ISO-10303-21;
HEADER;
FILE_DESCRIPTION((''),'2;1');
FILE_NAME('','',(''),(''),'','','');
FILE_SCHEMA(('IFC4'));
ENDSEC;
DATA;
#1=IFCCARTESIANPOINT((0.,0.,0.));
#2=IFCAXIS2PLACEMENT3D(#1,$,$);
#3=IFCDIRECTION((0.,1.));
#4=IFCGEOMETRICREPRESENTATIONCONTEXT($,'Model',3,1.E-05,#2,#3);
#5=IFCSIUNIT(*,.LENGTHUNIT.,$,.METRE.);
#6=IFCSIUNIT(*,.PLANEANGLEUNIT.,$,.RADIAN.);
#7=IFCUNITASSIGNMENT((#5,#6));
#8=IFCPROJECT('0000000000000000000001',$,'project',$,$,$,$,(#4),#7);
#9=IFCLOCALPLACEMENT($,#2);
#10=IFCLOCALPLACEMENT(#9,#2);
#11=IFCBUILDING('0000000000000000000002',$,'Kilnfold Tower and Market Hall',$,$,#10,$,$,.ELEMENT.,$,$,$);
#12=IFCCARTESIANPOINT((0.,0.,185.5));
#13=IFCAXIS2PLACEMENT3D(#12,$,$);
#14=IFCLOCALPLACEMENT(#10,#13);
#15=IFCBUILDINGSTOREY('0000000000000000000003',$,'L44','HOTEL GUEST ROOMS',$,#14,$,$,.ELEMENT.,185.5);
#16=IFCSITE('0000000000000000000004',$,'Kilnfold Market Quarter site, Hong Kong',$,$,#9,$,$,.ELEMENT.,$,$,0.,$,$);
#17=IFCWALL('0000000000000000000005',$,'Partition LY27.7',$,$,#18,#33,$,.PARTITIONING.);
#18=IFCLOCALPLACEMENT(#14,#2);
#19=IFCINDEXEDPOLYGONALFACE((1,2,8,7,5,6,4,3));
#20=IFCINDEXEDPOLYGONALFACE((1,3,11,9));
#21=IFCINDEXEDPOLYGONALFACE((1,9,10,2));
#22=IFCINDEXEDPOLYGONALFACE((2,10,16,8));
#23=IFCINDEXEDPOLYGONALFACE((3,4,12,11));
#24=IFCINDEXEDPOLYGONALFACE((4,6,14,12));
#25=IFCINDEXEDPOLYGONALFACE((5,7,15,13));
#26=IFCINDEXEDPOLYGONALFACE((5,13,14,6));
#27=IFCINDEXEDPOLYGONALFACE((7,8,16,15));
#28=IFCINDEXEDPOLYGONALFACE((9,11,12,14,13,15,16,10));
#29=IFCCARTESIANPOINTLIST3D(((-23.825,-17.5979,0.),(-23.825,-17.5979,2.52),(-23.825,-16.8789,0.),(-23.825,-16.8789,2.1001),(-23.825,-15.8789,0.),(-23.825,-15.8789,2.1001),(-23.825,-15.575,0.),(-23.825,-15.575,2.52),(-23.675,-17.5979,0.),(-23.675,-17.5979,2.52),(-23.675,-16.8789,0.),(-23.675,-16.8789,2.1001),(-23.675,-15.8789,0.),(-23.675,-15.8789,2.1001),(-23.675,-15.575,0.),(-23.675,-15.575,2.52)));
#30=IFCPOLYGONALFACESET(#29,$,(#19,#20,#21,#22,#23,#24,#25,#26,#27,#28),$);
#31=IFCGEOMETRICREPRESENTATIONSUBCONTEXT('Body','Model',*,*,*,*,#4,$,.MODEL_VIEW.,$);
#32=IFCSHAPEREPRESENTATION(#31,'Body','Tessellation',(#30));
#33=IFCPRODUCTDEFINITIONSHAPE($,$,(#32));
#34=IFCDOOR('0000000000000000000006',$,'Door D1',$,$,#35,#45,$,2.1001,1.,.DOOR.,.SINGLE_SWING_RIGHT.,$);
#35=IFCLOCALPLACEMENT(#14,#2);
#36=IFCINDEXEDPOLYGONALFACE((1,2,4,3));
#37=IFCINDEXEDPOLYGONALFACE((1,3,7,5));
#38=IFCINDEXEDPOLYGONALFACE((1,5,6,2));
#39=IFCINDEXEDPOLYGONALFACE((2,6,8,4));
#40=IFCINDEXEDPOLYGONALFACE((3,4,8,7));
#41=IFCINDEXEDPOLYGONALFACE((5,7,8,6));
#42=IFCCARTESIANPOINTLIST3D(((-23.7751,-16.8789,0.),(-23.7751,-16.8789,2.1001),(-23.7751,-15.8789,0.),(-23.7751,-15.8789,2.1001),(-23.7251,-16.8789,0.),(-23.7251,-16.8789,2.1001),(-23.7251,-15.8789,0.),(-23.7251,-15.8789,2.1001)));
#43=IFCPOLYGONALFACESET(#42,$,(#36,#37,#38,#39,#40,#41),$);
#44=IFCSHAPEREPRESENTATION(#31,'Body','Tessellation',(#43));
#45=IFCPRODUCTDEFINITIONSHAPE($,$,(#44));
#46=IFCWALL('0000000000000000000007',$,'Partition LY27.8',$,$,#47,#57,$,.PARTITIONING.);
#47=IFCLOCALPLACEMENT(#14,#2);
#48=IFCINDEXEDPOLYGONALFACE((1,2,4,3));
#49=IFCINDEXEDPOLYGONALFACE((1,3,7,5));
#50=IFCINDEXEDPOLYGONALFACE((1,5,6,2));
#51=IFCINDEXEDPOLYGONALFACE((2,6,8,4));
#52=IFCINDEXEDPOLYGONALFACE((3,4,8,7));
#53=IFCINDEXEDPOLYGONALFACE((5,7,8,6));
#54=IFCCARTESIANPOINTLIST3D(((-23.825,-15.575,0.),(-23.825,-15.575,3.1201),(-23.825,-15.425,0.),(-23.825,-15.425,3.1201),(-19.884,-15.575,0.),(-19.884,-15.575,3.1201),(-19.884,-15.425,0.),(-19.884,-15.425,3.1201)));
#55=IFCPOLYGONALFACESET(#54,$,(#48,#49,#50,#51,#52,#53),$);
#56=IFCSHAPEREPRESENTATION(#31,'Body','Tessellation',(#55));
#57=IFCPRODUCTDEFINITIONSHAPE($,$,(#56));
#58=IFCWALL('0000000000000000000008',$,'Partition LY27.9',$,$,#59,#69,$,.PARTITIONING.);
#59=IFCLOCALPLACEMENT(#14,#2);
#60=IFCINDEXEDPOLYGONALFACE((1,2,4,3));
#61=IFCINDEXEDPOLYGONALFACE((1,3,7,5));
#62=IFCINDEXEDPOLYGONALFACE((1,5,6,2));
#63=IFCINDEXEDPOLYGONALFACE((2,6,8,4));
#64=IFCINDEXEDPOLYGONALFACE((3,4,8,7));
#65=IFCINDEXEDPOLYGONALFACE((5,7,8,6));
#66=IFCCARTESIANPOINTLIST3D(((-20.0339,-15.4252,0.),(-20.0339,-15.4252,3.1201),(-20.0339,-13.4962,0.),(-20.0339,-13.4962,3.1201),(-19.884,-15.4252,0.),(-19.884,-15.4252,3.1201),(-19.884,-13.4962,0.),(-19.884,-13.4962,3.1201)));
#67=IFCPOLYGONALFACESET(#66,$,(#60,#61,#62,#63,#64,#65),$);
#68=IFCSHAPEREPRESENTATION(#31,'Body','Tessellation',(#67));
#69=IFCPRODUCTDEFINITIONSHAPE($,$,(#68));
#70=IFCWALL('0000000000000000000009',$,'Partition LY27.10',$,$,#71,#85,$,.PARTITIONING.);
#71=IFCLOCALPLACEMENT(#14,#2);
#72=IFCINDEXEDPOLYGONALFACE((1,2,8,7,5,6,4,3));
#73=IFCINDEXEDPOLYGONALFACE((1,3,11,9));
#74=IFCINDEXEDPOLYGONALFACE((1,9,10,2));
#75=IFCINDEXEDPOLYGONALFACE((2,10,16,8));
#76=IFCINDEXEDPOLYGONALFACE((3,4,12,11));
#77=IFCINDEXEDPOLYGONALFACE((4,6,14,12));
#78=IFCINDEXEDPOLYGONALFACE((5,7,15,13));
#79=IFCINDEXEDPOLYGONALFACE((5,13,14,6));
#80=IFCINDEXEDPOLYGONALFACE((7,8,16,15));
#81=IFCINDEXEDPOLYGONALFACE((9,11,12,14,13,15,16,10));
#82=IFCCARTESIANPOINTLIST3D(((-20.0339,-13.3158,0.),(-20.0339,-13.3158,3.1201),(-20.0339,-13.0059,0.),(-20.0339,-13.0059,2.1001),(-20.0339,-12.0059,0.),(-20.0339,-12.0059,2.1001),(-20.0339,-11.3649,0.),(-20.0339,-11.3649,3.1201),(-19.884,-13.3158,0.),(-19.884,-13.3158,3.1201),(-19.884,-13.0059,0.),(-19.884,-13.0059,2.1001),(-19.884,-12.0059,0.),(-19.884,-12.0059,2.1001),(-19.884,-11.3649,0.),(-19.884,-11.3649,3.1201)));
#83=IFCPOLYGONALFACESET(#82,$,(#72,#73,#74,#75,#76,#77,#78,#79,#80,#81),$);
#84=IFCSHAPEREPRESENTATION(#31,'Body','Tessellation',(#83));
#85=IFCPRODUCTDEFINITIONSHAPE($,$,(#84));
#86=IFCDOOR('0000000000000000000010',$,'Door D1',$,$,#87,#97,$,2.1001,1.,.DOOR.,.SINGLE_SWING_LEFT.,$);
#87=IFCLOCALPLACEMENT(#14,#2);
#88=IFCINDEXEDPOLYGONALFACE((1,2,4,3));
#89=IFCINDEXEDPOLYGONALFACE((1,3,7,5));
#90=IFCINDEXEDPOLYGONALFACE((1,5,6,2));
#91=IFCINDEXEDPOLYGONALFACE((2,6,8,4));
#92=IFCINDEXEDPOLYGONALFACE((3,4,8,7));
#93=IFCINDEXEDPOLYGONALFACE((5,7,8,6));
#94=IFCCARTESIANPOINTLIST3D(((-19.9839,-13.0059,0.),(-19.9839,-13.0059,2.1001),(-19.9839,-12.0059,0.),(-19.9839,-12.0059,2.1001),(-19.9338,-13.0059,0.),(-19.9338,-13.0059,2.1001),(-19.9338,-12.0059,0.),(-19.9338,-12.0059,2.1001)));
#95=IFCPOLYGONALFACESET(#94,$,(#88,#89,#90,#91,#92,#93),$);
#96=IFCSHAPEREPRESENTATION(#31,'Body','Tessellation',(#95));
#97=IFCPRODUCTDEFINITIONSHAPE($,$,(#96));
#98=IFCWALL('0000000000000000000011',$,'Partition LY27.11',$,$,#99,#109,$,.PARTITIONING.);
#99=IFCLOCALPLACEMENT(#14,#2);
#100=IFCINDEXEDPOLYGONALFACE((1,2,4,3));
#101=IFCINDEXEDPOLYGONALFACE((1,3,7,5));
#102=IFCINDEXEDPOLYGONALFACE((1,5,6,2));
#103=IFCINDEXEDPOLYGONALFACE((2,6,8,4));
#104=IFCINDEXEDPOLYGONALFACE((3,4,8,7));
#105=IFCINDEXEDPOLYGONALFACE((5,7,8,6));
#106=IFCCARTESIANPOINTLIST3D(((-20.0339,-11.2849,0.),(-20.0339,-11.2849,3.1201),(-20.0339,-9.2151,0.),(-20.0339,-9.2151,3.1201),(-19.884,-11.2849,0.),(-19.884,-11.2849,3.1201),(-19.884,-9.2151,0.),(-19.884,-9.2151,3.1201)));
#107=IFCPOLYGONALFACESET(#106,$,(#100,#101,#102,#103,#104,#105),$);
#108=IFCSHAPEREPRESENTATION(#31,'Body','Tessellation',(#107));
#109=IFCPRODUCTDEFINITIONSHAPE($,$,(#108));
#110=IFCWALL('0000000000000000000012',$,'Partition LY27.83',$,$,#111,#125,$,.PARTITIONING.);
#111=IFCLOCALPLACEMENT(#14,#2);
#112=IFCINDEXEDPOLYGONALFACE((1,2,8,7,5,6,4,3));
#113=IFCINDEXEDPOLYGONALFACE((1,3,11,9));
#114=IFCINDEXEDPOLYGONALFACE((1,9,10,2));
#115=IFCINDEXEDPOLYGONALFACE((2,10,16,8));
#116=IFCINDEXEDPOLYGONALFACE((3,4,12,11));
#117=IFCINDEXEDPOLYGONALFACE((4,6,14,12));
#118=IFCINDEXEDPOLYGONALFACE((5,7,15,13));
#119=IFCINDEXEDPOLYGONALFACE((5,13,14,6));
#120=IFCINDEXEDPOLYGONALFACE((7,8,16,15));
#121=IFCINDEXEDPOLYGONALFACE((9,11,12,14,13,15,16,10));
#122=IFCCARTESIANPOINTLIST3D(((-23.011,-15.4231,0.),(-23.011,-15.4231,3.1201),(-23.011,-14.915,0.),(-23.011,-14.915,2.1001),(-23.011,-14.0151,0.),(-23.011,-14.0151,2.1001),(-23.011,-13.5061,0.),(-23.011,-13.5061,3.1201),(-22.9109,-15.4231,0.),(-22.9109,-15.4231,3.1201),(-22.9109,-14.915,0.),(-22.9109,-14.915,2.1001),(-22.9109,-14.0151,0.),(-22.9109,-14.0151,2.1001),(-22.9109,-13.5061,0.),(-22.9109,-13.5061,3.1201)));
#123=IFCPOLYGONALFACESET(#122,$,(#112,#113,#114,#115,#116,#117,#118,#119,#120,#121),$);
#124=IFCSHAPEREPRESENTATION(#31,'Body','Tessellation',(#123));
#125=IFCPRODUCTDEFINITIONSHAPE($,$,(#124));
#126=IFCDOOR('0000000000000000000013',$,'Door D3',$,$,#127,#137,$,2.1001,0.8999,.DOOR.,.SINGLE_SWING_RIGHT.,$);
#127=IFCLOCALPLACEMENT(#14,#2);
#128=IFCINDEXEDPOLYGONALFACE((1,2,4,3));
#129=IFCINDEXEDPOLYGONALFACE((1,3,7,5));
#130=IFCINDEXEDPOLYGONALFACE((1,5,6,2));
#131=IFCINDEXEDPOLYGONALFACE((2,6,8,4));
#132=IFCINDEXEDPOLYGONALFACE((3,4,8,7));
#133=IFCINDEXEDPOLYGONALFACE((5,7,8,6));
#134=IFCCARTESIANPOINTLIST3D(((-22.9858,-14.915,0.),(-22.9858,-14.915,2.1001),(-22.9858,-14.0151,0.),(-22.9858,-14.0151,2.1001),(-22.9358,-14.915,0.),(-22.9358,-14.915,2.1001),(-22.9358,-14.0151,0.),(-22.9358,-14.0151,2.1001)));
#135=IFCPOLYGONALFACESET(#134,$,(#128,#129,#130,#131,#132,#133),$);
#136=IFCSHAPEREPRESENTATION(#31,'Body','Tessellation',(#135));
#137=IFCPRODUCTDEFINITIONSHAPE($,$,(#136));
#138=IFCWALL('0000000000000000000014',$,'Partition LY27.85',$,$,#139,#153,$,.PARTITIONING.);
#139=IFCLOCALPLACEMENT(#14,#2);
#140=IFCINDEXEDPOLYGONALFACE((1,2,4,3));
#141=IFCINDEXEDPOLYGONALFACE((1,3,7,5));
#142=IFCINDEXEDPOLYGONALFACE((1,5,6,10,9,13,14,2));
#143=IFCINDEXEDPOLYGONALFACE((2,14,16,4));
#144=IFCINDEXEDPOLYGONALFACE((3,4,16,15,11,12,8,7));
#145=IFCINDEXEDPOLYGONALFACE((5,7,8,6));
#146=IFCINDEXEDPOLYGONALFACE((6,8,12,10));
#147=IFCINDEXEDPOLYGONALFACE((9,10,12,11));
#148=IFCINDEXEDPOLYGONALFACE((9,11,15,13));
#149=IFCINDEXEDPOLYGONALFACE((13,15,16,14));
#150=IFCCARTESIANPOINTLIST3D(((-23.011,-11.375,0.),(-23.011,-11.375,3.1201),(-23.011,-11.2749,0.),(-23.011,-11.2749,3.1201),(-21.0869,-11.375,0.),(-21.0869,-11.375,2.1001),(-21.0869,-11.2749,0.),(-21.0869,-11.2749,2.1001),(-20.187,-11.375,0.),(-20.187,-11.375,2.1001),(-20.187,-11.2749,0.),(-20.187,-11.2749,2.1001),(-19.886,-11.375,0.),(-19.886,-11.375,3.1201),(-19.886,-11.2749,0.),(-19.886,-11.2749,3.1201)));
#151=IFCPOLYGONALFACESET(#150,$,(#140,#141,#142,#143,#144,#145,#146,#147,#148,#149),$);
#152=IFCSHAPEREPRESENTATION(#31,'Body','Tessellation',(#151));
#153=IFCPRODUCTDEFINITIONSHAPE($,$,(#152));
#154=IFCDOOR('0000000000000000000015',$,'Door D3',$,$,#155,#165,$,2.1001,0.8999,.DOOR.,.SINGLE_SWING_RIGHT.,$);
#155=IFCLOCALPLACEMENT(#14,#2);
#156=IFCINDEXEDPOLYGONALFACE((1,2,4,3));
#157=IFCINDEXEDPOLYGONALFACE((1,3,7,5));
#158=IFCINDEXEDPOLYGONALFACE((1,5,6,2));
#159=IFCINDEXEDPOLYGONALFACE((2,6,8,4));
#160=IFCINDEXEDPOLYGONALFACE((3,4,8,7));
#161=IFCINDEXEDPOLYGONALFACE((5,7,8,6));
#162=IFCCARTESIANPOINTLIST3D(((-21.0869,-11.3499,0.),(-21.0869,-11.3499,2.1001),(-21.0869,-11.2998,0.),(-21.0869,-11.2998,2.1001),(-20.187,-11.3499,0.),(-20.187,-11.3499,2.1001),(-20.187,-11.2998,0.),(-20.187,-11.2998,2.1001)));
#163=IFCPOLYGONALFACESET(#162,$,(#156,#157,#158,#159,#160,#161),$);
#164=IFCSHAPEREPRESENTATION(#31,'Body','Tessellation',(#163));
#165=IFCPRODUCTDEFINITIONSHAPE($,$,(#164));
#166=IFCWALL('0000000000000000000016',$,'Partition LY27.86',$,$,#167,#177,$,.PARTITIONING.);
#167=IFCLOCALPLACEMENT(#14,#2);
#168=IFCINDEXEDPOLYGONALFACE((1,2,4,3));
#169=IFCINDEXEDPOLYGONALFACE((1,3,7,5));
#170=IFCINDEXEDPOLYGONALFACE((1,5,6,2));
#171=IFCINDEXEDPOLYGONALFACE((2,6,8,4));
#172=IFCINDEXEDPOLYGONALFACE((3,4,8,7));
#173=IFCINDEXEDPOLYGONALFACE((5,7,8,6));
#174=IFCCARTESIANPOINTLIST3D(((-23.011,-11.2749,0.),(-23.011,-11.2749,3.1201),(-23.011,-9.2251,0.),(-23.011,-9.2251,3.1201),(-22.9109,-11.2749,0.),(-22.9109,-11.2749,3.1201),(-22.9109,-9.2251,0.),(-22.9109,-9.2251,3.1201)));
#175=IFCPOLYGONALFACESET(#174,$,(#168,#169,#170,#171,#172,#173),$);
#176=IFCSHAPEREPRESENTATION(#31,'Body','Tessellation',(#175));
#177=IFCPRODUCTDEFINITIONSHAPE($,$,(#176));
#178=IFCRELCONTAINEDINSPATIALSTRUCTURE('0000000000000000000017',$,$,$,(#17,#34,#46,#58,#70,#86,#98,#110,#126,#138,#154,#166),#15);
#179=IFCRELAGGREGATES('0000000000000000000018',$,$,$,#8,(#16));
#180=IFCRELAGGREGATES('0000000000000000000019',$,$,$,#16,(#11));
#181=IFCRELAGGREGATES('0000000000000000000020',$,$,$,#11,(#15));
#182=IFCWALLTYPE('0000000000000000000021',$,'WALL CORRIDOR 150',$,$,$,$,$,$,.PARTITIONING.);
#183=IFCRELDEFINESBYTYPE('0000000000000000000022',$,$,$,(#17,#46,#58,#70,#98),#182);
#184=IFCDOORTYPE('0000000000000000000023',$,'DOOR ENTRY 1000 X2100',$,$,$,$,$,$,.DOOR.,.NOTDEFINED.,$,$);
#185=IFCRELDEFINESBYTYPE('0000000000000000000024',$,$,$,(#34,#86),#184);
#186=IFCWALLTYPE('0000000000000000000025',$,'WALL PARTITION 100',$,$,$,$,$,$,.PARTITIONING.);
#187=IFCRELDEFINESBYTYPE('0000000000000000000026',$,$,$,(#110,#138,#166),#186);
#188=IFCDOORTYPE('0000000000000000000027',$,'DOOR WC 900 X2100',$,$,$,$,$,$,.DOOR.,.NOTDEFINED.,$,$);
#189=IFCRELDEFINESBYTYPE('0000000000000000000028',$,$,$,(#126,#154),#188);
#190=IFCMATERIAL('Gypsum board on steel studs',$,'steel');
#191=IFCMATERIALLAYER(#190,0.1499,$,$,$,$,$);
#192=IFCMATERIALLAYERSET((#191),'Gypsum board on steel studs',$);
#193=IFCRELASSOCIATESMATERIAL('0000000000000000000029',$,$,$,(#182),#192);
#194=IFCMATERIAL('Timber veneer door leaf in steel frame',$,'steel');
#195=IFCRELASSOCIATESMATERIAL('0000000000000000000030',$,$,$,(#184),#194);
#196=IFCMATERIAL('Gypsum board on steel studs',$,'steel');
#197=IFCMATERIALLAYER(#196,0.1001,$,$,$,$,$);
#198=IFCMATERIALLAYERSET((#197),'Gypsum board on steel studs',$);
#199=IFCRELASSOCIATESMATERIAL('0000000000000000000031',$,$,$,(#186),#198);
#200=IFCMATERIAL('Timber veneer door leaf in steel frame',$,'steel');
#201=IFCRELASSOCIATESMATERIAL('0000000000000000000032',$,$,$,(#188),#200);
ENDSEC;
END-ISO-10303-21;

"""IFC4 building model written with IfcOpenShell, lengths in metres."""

from ifc_helpers import new_model, si_unit, direction, frame, frame_2d, origin, place, context, subcontext, project, spatial, rectangle, extrude, material, layer, layer_set, type_object, element, fill, save


model = new_model("IFC4")

# Units and contexts
model_context = context("Model", 3, precision=1e-05, world=origin(), true_north=direction((0.0, 1.0)))
body_context = subcontext(model_context, "Body", "Model", "MODEL_VIEW")
ifc_project = project(units=[si_unit("LENGTHUNIT", "METRE"), si_unit("PLANEANGLEUNIT", "RADIAN")], contexts=[model_context])

# Site, building, storey
site_placement = place(None, origin())
site = spatial("IfcSite", under=ifc_project, at=site_placement, Name="Kilnfold Market Quarter site, Hong Kong", CompositionType="ELEMENT", RefElevation=0.0)
building_placement = place(site_placement, origin())
building = spatial("IfcBuilding", under=site, at=building_placement, Name="Kilnfold Tower and Market Hall", CompositionType="ELEMENT")
storey_placement = place(building_placement, frame((0.0, 0.0, 185.5)))
storey = spatial("IfcBuildingStorey", under=building, at=storey_placement, Name="L44", Description="HOTEL GUEST ROOMS", CompositionType="ELEMENT", Elevation=185.5)

# Wall, opening, door
ifc_material_1 = material(Name="Gypsum board on steel studs", Category="steel")
ifc_layer_1 = layer(ifc_material_1, 0.1499)
ifc_layer_set_1 = layer_set([ifc_layer_1], Name="Gypsum board on steel studs")
wall_type_1 = type_object("IfcWallType", Name="WALL CORRIDOR 150", PredefinedType="PARTITIONING", material=ifc_layer_set_1)
wall_1_placement = place(storey_placement, frame((-23.75, -15.575, 0.0), z_axis=(0.0, 0.0, 1.0), x_axis=(0.0, -1.0, 0.0)))
wall_1 = element("IfcWall", 1, at=wall_1_placement, inside=storey, type_object=wall_type_1, Name="Partition LY27.7", PredefinedType="PARTITIONING", context=body_context, shape_type="SweptSolid", body=[
    extrude(rectangle(XDim=2.0229, YDim=0.1499, at=frame_2d((1.0115, 0.0))), origin(), (0.0, 0.0, 1.0), 2.52),
])
opening_1_placement = place(wall_1_placement, frame((0.304, 0.0, 0.0)))
opening_1 = element("IfcOpeningElement", 2, at=opening_1_placement, cuts=wall_1, PredefinedType="OPENING", context=body_context, shape_type="SweptSolid", body=[
    extrude(rectangle(XDim=1.0, YDim=2.1001, at=frame_2d((0.5, 1.05))), frame((0.0, 0.085, 0.0), z_axis=(0.0, -1.0, 0.0), x_axis=(1.0, 0.0, 0.0)), (0.0, 0.0, 1.0), 0.1699),
])
ifc_material_2 = material(Name="Timber veneer door leaf in steel frame", Category="steel")
door_type_1 = type_object("IfcDoorType", Name="DOOR ENTRY 1000 X2100", OperationType="NOTDEFINED", PredefinedType="DOOR", material=ifc_material_2)
door_1_placement = place(opening_1_placement, origin())
door_1 = element("IfcDoor", 3, at=door_1_placement, inside=storey, type_object=door_type_1, Name="Door D1", OperationType="SINGLE_SWING_RIGHT", OverallHeight=2.1001, OverallWidth=1.0, PredefinedType="DOOR", context=body_context, shape_type="SweptSolid", body=[
    extrude(rectangle(XDim=1.0, YDim=2.1001, at=frame_2d((0.5, 1.05))), frame((0.0, 0.0249, 0.0), z_axis=(0.0, -1.0, 0.0), x_axis=(1.0, 0.0, 0.0)), (0.0, 0.0, 1.0), 0.05),
])
fill(opening_1, door_1)

# Walls
wall_2_placement = place(storey_placement, frame((-23.825, -15.5, 0.0), z_axis=(0.0, 0.0, 1.0), x_axis=(1.0, 0.0, 0.0)))
element("IfcWall", 4, at=wall_2_placement, inside=storey, type_object=wall_type_1, Name="Partition LY27.8", PredefinedType="PARTITIONING", context=body_context, shape_type="SweptSolid", body=[
    extrude(rectangle(XDim=3.9409, YDim=0.1499, at=frame_2d((1.9705, 0.0))), origin(), (0.0, 0.0, 1.0), 3.1201),
])
wall_3_placement = place(storey_placement, frame((-19.959, -15.425, 0.0), z_axis=(0.0, 0.0, 1.0), x_axis=(0.0, 1.0, 0.0)))
element("IfcWall", 5, at=wall_3_placement, inside=storey, type_object=wall_type_1, Name="Partition LY27.9", PredefinedType="PARTITIONING", context=body_context, shape_type="SweptSolid", body=[
    extrude(rectangle(XDim=1.929, YDim=0.1499, at=frame_2d((0.9644, 0.0))), origin(), (0.0, 0.0, 1.0), 3.1201),
])

# Wall, opening, door
wall_4_placement = place(storey_placement, frame((-19.959, -13.3159, 0.0), z_axis=(0.0, 0.0, 1.0), x_axis=(0.0, 1.0, 0.0)))
wall_4 = element("IfcWall", 6, at=wall_4_placement, inside=storey, type_object=wall_type_1, Name="Partition LY27.10", PredefinedType="PARTITIONING", context=body_context, shape_type="SweptSolid", body=[
    extrude(rectangle(XDim=1.9509, YDim=0.1499, at=frame_2d((0.9756, 0.0))), origin(), (0.0, 0.0, 1.0), 3.1201),
])
opening_2_placement = place(wall_4_placement, frame((0.3101, 0.0, 0.0)))
opening_2 = element("IfcOpeningElement", 7, at=opening_2_placement, cuts=wall_4, PredefinedType="OPENING", context=body_context, shape_type="SweptSolid", body=[
    extrude(rectangle(XDim=1.0, YDim=2.1001, at=frame_2d((0.5, 1.05))), frame((0.0, 0.085, 0.0), z_axis=(0.0, -1.0, 0.0), x_axis=(1.0, 0.0, 0.0)), (0.0, 0.0, 1.0), 0.1699),
])
door_2_placement = place(opening_2_placement, origin())
door_2 = element("IfcDoor", 8, at=door_2_placement, inside=storey, type_object=door_type_1, Name="Door D1", OperationType="SINGLE_SWING_LEFT", OverallHeight=2.1001, OverallWidth=1.0, PredefinedType="DOOR", context=body_context, shape_type="SweptSolid", body=[
    extrude(rectangle(XDim=1.0, YDim=2.1001, at=frame_2d((0.5, 1.05))), frame((0.0, 0.0249, 0.0), z_axis=(0.0, -1.0, 0.0), x_axis=(1.0, 0.0, 0.0)), (0.0, 0.0, 1.0), 0.05),
])
fill(opening_2, door_2)

# Wall
wall_5_placement = place(storey_placement, frame((-19.959, -11.2849, 0.0), z_axis=(0.0, 0.0, 1.0), x_axis=(0.0, 1.0, 0.0)))
element("IfcWall", 9, at=wall_5_placement, inside=storey, type_object=wall_type_1, Name="Partition LY27.11", PredefinedType="PARTITIONING", context=body_context, shape_type="SweptSolid", body=[
    extrude(rectangle(XDim=2.0698, YDim=0.1499, at=frame_2d((1.0349, 0.0))), origin(), (0.0, 0.0, 1.0), 3.1201),
])

# Walls, openings, doors
ifc_material_3 = material(Name="Gypsum board on steel studs", Category="steel")
ifc_layer_2 = layer(ifc_material_3, 0.1001)
ifc_layer_set_2 = layer_set([ifc_layer_2], Name="Gypsum board on steel studs")
wall_type_2 = type_object("IfcWallType", Name="WALL PARTITION 100", PredefinedType="PARTITIONING", material=ifc_layer_set_2)
wall_6_placement = place(storey_placement, frame((-22.9609, -15.4231, 0.0), z_axis=(0.0, 0.0, 1.0), x_axis=(0.0, 1.0, 0.0)))
wall_6 = element("IfcWall", 10, at=wall_6_placement, inside=storey, type_object=wall_type_2, Name="Partition LY27.83", PredefinedType="PARTITIONING", context=body_context, shape_type="SweptSolid", body=[
    extrude(rectangle(XDim=1.917, YDim=0.1001, at=frame_2d((0.9585, 0.0))), origin(), (0.0, 0.0, 1.0), 3.1201),
])
opening_3_placement = place(wall_6_placement, frame((0.5081, 0.0, 0.0)))
opening_3 = element("IfcOpeningElement", 11, at=opening_3_placement, cuts=wall_6, PredefinedType="OPENING", context=body_context, shape_type="SweptSolid", body=[
    extrude(rectangle(XDim=0.8999, YDim=2.1001, at=frame_2d((0.45, 1.05))), frame((0.0, 0.0601, 0.0), z_axis=(0.0, -1.0, 0.0), x_axis=(1.0, 0.0, 0.0)), (0.0, 0.0, 1.0), 0.1201),
])
ifc_material_4 = material(Name="Timber veneer door leaf in steel frame", Category="steel")
door_type_2 = type_object("IfcDoorType", Name="DOOR WC 900 X2100", OperationType="NOTDEFINED", PredefinedType="DOOR", material=ifc_material_4)
door_3_placement = place(opening_3_placement, origin())
door_3 = element("IfcDoor", 12, at=door_3_placement, inside=storey, type_object=door_type_2, Name="Door D3", OperationType="SINGLE_SWING_RIGHT", OverallHeight=2.1001, OverallWidth=0.8999, PredefinedType="DOOR", context=body_context, shape_type="SweptSolid", body=[
    extrude(rectangle(XDim=0.8999, YDim=2.1001, at=frame_2d((0.45, 1.05))), frame((0.0, 0.0249, 0.0), z_axis=(0.0, -1.0, 0.0), x_axis=(1.0, 0.0, 0.0)), (0.0, 0.0, 1.0), 0.05),
])
fill(opening_3, door_3)
wall_7_placement = place(storey_placement, frame((-19.886, -11.325, 0.0), z_axis=(0.0, 0.0, 1.0), x_axis=(-1.0, 0.0, 0.0)))
wall_7 = element("IfcWall", 13, at=wall_7_placement, inside=storey, type_object=wall_type_2, Name="Partition LY27.85", PredefinedType="PARTITIONING", context=body_context, shape_type="SweptSolid", body=[
    extrude(rectangle(XDim=3.125, YDim=0.1001, at=frame_2d((1.5625, 0.0))), origin(), (0.0, 0.0, 1.0), 3.1201),
])
opening_4_placement = place(wall_7_placement, frame((0.301, 0.0, 0.0)))
opening_4 = element("IfcOpeningElement", 14, at=opening_4_placement, cuts=wall_7, PredefinedType="OPENING", context=body_context, shape_type="SweptSolid", body=[
    extrude(rectangle(XDim=0.8999, YDim=2.1001, at=frame_2d((0.45, 1.05))), frame((0.0, 0.0601, 0.0), z_axis=(0.0, -1.0, 0.0), x_axis=(1.0, 0.0, 0.0)), (0.0, 0.0, 1.0), 0.1201),
])
door_4_placement = place(opening_4_placement, origin())
door_4 = element("IfcDoor", 15, at=door_4_placement, inside=storey, type_object=door_type_2, Name="Door D3", OperationType="SINGLE_SWING_RIGHT", OverallHeight=2.1001, OverallWidth=0.8999, PredefinedType="DOOR", context=body_context, shape_type="SweptSolid", body=[
    extrude(rectangle(XDim=0.8999, YDim=2.1001, at=frame_2d((0.45, 1.05))), frame((0.0, 0.0249, 0.0), z_axis=(0.0, -1.0, 0.0), x_axis=(1.0, 0.0, 0.0)), (0.0, 0.0, 1.0), 0.05),
])
fill(opening_4, door_4)

# Wall
wall_8_placement = place(storey_placement, frame((-22.9609, -11.2749, 0.0), z_axis=(0.0, 0.0, 1.0), x_axis=(0.0, 1.0, 0.0)))
element("IfcWall", 16, at=wall_8_placement, inside=storey, type_object=wall_type_2, Name="Partition LY27.86", PredefinedType="PARTITIONING", context=body_context, shape_type="SweptSolid", body=[
    extrude(rectangle(XDim=2.0498, YDim=0.1001, at=frame_2d((1.0249, 0.0))), origin(), (0.0, 0.0, 1.0), 3.1201),
])

save(model, "model.ifc")
